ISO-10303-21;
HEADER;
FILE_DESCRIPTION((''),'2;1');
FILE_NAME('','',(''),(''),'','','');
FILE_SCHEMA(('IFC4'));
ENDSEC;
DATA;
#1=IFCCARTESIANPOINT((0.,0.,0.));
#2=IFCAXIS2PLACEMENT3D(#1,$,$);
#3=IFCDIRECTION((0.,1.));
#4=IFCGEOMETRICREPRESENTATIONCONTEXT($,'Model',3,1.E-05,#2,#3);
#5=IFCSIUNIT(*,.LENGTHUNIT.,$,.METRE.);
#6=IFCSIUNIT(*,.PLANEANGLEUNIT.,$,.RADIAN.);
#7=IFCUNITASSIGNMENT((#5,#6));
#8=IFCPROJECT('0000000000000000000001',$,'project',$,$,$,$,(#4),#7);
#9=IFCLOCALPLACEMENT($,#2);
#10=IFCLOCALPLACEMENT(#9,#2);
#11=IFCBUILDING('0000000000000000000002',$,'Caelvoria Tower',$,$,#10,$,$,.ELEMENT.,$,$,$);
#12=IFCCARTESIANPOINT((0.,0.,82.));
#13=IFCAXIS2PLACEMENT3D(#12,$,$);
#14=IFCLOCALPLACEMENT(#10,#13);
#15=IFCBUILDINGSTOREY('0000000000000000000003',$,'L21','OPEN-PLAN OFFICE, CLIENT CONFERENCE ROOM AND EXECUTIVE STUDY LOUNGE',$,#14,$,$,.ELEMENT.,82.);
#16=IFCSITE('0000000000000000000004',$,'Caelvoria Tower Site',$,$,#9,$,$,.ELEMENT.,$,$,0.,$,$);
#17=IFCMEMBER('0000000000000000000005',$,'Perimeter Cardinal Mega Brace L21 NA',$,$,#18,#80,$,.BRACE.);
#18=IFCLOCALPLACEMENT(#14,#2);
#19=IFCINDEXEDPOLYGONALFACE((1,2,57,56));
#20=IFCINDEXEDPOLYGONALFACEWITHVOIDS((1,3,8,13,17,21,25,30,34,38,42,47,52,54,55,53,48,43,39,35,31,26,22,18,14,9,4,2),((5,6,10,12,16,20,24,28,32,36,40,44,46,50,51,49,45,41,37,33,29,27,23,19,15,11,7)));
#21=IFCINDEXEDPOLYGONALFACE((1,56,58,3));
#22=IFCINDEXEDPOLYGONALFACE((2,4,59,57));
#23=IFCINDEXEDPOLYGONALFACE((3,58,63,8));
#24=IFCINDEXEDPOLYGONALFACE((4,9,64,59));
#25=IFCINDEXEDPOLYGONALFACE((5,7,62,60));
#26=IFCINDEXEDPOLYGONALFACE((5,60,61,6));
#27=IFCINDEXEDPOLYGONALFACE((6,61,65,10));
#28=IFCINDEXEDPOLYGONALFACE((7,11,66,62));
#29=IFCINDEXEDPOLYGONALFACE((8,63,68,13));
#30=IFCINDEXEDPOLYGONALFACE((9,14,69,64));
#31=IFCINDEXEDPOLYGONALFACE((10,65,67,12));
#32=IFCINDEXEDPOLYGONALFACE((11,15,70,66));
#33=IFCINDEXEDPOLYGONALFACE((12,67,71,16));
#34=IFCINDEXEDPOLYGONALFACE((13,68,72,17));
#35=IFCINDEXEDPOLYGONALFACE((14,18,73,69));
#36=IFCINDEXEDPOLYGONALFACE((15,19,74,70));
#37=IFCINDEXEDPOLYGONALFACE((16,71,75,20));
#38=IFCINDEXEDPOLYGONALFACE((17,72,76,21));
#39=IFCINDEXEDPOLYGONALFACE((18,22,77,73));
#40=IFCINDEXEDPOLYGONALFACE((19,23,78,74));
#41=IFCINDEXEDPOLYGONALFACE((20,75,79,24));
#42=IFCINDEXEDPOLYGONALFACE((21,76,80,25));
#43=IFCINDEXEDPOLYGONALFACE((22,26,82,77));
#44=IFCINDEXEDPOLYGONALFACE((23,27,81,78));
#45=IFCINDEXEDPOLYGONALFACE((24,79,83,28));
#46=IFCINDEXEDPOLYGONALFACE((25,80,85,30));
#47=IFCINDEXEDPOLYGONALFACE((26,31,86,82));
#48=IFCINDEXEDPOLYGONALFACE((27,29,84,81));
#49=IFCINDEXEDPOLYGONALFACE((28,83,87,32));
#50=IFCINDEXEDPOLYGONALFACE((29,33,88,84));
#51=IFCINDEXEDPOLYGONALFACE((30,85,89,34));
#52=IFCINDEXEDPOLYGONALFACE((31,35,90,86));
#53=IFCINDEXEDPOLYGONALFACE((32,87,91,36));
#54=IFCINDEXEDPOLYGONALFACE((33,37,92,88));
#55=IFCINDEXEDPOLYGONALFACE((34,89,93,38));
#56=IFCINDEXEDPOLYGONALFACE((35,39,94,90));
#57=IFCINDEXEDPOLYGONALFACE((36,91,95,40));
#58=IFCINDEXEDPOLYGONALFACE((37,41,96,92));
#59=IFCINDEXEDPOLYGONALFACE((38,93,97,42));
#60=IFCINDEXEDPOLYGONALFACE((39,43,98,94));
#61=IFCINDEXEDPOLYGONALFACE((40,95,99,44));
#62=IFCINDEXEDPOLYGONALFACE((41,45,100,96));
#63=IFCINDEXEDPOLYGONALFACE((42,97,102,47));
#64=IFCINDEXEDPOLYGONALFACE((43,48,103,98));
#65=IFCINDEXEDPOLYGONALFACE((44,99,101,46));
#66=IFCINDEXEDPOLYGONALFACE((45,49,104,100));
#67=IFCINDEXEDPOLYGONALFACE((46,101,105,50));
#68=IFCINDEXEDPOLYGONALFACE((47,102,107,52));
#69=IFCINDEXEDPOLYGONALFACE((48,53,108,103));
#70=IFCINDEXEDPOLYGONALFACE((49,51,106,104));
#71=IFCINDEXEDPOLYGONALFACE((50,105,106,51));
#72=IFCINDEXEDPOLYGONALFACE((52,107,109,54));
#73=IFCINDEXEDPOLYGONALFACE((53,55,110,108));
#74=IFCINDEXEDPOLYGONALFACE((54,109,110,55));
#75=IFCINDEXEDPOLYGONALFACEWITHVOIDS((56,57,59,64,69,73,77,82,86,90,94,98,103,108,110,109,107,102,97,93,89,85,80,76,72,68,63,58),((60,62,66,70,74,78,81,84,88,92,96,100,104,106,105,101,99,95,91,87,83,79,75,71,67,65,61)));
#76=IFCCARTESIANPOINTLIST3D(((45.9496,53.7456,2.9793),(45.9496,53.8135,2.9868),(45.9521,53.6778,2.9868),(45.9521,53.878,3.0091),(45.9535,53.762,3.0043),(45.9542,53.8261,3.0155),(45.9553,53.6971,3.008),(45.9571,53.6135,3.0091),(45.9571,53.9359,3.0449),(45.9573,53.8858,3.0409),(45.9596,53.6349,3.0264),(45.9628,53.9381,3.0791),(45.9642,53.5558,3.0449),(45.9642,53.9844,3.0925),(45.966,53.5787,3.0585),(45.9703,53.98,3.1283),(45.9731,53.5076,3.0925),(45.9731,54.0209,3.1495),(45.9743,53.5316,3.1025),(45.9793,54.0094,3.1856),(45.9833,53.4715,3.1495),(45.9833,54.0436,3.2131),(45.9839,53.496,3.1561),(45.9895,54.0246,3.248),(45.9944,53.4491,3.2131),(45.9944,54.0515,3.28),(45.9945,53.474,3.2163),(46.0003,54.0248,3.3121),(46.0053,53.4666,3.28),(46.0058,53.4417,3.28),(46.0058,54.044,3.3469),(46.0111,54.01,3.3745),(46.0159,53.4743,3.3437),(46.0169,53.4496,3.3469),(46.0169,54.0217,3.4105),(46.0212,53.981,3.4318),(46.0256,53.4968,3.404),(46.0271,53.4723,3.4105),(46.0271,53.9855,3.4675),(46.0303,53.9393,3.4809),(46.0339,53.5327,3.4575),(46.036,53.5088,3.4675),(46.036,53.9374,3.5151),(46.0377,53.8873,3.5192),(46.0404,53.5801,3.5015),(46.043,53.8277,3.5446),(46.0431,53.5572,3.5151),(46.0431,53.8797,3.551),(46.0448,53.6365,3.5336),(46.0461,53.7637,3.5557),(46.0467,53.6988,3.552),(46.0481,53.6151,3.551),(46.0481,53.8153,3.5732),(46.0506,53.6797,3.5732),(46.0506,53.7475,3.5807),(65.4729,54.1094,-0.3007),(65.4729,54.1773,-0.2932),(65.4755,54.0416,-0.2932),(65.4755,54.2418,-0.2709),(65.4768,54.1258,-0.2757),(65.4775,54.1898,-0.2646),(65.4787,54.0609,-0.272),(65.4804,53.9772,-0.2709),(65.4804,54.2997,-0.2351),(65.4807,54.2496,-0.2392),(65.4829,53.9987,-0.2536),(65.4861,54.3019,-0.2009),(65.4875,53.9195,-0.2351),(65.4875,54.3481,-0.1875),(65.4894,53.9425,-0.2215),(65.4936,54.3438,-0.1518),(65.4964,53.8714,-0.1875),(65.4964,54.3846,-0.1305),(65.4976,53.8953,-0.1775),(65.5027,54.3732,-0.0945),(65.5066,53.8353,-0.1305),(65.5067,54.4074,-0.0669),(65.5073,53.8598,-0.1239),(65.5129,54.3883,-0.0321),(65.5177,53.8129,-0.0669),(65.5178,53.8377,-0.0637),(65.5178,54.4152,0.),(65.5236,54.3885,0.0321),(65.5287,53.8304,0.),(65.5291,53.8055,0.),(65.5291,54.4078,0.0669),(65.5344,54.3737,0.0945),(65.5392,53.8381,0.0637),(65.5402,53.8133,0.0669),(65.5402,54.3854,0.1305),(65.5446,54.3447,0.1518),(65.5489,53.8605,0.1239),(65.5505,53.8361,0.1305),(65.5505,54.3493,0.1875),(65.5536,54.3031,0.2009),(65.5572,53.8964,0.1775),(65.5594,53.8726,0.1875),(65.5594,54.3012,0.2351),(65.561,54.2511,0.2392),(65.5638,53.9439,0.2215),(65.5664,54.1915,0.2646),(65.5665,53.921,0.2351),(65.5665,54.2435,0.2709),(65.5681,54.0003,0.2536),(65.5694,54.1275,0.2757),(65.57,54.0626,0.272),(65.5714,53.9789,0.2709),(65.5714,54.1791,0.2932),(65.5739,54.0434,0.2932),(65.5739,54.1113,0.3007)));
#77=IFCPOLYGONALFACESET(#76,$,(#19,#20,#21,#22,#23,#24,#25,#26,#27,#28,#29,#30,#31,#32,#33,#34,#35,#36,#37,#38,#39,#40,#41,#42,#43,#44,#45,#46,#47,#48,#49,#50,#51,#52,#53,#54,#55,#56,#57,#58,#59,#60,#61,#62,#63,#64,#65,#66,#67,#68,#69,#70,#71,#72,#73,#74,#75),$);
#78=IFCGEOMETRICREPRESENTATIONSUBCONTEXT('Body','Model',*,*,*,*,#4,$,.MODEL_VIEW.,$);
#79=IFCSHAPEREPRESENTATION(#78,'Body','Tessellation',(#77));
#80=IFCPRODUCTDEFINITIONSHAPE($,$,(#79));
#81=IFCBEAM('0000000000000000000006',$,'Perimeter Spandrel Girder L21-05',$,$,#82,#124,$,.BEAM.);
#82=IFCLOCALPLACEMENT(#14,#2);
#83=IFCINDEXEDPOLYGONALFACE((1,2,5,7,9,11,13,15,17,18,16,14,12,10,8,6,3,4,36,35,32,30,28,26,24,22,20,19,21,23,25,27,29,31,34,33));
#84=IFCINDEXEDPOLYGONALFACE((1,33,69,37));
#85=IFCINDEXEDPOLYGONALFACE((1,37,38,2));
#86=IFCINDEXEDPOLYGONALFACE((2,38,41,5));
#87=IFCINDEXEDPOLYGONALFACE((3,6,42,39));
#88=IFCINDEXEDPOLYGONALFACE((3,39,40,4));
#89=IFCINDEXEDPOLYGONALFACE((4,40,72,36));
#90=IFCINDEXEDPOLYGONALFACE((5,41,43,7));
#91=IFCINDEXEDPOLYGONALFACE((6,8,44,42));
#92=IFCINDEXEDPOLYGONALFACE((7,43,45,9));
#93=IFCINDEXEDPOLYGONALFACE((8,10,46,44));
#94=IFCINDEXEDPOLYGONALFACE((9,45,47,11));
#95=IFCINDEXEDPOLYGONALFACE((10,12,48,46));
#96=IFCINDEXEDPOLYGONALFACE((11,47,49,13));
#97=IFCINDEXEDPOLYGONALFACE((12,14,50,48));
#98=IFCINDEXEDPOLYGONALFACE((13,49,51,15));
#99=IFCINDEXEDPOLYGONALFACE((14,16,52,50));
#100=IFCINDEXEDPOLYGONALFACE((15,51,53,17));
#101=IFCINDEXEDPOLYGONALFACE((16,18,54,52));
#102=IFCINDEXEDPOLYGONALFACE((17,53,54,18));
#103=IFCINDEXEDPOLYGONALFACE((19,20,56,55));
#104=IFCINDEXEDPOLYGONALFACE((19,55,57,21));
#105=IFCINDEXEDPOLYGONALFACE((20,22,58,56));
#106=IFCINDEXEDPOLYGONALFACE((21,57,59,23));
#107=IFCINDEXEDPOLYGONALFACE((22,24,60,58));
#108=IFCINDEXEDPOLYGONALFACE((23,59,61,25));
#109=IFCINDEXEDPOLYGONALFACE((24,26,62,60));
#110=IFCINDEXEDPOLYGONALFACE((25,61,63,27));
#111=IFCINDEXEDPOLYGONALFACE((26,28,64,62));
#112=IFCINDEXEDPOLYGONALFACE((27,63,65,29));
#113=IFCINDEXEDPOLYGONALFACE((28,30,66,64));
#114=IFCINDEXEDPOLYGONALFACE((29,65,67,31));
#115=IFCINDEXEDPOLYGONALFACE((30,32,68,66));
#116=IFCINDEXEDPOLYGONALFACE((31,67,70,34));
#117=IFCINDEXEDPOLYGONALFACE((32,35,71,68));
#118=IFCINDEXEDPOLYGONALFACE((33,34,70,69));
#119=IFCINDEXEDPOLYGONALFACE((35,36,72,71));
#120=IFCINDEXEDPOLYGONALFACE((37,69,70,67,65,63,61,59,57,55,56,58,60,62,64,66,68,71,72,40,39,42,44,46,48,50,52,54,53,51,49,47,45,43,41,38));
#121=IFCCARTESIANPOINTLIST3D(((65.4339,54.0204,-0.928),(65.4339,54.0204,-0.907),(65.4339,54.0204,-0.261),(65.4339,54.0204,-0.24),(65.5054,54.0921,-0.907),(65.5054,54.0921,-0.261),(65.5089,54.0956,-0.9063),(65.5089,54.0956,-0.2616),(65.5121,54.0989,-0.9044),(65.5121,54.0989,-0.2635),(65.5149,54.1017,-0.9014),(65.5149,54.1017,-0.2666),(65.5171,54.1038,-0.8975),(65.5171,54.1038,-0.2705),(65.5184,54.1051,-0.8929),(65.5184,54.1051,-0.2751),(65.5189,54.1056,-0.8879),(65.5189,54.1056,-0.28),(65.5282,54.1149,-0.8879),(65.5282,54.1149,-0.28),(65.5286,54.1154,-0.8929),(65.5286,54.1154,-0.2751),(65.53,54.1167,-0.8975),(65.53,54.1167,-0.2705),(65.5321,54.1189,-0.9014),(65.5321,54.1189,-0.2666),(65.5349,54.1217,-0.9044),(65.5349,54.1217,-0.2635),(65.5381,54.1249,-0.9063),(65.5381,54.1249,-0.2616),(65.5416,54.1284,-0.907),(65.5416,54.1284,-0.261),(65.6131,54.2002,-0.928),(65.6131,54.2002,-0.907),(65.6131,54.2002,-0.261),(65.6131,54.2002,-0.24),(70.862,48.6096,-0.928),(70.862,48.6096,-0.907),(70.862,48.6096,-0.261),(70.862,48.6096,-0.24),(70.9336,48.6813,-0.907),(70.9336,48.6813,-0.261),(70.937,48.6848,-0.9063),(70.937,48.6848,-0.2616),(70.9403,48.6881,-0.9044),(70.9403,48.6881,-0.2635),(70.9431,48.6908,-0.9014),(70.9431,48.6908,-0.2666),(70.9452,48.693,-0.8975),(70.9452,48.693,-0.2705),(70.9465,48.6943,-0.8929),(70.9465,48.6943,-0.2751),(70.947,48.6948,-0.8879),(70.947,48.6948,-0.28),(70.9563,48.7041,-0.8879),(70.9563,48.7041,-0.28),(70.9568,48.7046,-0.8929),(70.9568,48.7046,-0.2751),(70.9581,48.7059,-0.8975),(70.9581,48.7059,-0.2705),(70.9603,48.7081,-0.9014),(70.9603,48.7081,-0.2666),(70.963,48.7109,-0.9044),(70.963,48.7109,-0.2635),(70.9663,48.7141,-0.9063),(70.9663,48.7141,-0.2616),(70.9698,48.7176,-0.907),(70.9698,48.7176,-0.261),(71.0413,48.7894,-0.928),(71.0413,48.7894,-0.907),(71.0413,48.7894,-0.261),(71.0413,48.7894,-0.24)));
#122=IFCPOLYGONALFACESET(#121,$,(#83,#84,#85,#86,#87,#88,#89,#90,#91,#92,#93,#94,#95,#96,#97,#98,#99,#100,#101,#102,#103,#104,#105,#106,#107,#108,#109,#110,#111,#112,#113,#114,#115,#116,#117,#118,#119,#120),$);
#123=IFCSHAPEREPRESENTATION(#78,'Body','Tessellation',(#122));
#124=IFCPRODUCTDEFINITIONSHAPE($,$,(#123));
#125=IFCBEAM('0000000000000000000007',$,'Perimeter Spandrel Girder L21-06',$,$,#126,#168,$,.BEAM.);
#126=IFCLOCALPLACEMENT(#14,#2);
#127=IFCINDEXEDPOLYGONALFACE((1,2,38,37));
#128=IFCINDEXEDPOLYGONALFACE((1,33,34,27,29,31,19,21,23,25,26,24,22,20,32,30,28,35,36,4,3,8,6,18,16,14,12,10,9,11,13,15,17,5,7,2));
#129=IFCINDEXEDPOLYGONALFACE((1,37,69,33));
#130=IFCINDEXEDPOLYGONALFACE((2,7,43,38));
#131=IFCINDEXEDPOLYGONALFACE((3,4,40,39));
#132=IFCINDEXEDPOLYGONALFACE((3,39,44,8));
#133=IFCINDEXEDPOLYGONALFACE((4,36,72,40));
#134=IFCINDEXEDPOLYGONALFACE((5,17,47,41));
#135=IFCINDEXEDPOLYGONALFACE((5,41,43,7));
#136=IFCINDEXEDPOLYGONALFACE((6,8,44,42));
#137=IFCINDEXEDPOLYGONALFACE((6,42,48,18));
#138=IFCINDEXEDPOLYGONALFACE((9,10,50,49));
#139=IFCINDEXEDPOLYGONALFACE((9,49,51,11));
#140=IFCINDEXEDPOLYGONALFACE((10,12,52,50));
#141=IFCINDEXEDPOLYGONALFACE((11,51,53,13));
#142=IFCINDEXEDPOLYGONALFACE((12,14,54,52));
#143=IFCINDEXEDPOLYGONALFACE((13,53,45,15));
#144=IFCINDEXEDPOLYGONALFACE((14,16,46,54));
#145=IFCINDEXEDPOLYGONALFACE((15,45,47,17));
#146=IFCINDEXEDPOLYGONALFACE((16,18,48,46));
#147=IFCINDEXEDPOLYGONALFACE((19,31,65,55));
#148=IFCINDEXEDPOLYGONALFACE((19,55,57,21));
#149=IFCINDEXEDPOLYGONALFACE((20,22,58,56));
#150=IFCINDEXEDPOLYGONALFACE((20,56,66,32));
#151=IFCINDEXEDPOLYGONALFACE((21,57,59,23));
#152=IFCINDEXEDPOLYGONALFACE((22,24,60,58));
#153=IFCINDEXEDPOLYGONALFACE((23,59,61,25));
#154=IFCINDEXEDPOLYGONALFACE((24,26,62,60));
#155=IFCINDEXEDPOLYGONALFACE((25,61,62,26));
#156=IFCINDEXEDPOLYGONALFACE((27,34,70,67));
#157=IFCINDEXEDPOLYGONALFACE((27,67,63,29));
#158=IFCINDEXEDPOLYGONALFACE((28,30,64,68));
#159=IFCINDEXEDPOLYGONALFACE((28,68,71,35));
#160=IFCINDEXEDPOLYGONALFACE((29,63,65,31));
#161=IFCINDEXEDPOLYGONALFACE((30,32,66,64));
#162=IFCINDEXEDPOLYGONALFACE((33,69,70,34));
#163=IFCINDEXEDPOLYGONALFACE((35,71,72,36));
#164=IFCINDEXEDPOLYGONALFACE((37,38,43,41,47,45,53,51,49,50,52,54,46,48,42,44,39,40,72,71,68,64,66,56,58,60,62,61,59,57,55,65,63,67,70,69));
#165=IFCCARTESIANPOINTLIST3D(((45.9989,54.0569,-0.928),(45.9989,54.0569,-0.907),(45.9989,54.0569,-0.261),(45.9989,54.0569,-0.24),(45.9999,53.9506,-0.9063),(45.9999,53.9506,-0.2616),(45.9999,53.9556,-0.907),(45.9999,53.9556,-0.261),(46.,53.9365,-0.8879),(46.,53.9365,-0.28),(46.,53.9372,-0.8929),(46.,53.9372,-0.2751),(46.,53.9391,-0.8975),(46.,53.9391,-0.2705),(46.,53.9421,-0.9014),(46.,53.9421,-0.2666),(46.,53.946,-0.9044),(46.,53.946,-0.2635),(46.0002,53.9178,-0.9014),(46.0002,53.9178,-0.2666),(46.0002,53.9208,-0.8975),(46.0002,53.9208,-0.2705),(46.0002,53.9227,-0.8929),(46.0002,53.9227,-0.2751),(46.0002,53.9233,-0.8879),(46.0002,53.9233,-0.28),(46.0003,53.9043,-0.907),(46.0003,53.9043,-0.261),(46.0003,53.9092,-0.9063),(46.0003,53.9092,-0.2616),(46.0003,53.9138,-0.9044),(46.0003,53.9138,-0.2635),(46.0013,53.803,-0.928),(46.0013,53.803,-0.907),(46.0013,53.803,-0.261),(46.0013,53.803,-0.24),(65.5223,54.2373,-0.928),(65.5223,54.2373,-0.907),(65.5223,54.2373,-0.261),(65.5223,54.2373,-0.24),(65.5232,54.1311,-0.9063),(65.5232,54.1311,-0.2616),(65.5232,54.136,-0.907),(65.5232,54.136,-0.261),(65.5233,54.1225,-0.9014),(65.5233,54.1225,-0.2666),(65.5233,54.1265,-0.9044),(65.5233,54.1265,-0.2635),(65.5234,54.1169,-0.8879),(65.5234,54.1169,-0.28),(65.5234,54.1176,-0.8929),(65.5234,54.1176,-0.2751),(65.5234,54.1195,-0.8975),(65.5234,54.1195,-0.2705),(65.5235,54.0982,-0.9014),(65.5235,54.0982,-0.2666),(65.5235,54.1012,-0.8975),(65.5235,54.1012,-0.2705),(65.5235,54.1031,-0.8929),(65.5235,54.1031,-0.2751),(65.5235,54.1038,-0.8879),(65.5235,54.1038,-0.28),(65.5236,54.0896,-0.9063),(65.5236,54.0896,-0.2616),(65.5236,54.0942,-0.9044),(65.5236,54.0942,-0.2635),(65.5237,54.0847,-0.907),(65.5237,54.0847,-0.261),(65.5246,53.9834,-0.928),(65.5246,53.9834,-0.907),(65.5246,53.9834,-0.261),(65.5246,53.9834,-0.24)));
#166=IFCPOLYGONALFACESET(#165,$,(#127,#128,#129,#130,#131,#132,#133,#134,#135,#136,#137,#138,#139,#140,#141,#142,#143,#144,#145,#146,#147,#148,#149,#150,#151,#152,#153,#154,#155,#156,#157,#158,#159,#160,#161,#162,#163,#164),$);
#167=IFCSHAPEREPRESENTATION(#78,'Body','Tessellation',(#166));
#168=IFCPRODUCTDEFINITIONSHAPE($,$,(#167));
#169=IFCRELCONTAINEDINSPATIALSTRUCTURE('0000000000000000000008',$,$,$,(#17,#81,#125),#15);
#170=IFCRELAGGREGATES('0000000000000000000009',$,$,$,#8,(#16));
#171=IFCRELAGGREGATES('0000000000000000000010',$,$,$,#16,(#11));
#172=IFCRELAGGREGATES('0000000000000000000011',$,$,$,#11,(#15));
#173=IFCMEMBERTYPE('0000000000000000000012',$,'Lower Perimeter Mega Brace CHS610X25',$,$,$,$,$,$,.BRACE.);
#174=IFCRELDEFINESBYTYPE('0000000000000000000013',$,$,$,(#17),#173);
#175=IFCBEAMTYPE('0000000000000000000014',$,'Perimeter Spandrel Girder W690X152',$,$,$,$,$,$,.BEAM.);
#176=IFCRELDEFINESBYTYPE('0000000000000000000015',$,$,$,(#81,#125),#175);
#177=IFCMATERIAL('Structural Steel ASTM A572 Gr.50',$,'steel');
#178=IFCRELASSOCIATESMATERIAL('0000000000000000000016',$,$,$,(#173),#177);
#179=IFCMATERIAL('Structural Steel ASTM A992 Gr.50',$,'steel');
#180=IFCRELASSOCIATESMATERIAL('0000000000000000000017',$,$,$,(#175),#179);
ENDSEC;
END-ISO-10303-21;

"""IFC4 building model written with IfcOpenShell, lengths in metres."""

from ifc_helpers import new_model, si_unit, direction, frame, origin, origin_2d, place, context, subcontext, project, spatial, hollow_circle, i_section, extrude, material, material_profile, profile_set, type_object, element, save


model = new_model("IFC4")

# Units and contexts
model_context = context("Model", 3, precision=1e-05, world=origin(), true_north=direction((0.0, 1.0)))
body_context = subcontext(model_context, "Body", "Model", "MODEL_VIEW")
ifc_project = project(units=[si_unit("LENGTHUNIT", "METRE"), si_unit("PLANEANGLEUNIT", "RADIAN")], contexts=[model_context])

# Site, building, storey
site_placement = place(None, origin())
site = spatial("IfcSite", under=ifc_project, at=site_placement, Name="Caelvoria Tower Site", CompositionType="ELEMENT", RefElevation=0.0)
building_placement = place(site_placement, origin())
building = spatial("IfcBuilding", under=site, at=building_placement, Name="Caelvoria Tower", CompositionType="ELEMENT")
storey_placement = place(building_placement, frame((0.0, 0.0, 82.0)))
storey = spatial("IfcBuildingStorey", under=building, at=storey_placement, Name="L21", Description="OPEN-PLAN OFFICE, CLIENT CONFERENCE ROOM AND EXECUTIVE STUDY LOUNGE", CompositionType="ELEMENT", Elevation=82.0)

# Shared definitions
ifc_material_1 = material(Name="Structural Steel ASTM A572 Gr.50", Category="steel")

# Member
ifc_material_profile_1 = material_profile(ifc_material_1, hollow_circle(Radius=0.3049, WallThickness=0.0249, at=origin_2d()), Name="Structural Steel ASTM A572 Gr.50")
ifc_profile_set_1 = profile_set([ifc_material_profile_1], Name="CHS610X25 - Structural Steel ASTM A572 Gr.50")
member_type = type_object("IfcMemberType", Name="Lower Perimeter Mega Brace CHS610X25", PredefinedType="BRACE", material=ifc_profile_set_1)
member_1_placement = place(storey_placement, frame((65.5234, 54.1104, 0.0), z_axis=(-0.986013, -0.018372, 0.165655), x_axis=(0.018629, -0.999826, 0.0)))
element("IfcMember", 1, at=member_1_placement, inside=storey, type_object=member_type, Name="Perimeter Cardinal Mega Brace L21 NA", PredefinedType="BRACE", context=body_context, shape_type="SweptSolid", body=[
    extrude(hollow_circle(Radius=0.3049, WallThickness=0.0249, at=origin_2d()), origin(), (0.0, 0.0, 1.0), 19.8003),
])

# Beams
ifc_material_2 = material(Name="Structural Steel ASTM A992 Gr.50", Category="steel")
ifc_material_profile_2 = material_profile(ifc_material_2, i_section(OverallWidth=0.2539, OverallDepth=0.688, WebThickness=0.0132, FlangeThickness=0.021, FilletRadius=0.019, at=origin_2d()), Name="Structural Steel ASTM A992 Gr.50")
ifc_profile_set_2 = profile_set([ifc_material_profile_2], Name="W690X152 - Structural Steel ASTM A992 Gr.50")
beam_type_1 = type_object("IfcBeamType", Name="Perimeter Spandrel Girder W690X152", PredefinedType="BEAM", material=ifc_profile_set_2)
beam_1_placement = place(storey_placement, frame((70.9517, 48.6995, -0.584), z_axis=(-0.708237, 0.705975, 0.0), x_axis=(-0.705975, -0.708237, 0.0)))
element("IfcBeam", 2, at=beam_1_placement, inside=storey, type_object=beam_type_1, Name="Perimeter Spandrel Girder L21-05", PredefinedType="BEAM", context=body_context, shape_type="SweptSolid", body=[
    extrude(i_section(OverallWidth=0.2539, OverallDepth=0.688, WebThickness=0.0132, FlangeThickness=0.021, FilletRadius=0.019, at=origin_2d()), origin(), (0.0, 0.0, 1.0), 7.6643),
])
beam_2_placement = place(storey_placement, frame((65.5234, 54.1104, -0.584), z_axis=(-0.999957, -0.009241, 0.0), x_axis=(0.009241, -0.999957, 0.0)))
element("IfcBeam", 3, at=beam_2_placement, inside=storey, type_object=beam_type_1, Name="Perimeter Spandrel Girder L21-06", PredefinedType="BEAM", context=body_context, shape_type="SweptSolid", body=[
    extrude(i_section(OverallWidth=0.2539, OverallDepth=0.688, WebThickness=0.0132, FlangeThickness=0.021, FilletRadius=0.019, at=origin_2d()), origin(), (0.0, 0.0, 1.0), 19.5242),
])

save(model, "model.ifc")
